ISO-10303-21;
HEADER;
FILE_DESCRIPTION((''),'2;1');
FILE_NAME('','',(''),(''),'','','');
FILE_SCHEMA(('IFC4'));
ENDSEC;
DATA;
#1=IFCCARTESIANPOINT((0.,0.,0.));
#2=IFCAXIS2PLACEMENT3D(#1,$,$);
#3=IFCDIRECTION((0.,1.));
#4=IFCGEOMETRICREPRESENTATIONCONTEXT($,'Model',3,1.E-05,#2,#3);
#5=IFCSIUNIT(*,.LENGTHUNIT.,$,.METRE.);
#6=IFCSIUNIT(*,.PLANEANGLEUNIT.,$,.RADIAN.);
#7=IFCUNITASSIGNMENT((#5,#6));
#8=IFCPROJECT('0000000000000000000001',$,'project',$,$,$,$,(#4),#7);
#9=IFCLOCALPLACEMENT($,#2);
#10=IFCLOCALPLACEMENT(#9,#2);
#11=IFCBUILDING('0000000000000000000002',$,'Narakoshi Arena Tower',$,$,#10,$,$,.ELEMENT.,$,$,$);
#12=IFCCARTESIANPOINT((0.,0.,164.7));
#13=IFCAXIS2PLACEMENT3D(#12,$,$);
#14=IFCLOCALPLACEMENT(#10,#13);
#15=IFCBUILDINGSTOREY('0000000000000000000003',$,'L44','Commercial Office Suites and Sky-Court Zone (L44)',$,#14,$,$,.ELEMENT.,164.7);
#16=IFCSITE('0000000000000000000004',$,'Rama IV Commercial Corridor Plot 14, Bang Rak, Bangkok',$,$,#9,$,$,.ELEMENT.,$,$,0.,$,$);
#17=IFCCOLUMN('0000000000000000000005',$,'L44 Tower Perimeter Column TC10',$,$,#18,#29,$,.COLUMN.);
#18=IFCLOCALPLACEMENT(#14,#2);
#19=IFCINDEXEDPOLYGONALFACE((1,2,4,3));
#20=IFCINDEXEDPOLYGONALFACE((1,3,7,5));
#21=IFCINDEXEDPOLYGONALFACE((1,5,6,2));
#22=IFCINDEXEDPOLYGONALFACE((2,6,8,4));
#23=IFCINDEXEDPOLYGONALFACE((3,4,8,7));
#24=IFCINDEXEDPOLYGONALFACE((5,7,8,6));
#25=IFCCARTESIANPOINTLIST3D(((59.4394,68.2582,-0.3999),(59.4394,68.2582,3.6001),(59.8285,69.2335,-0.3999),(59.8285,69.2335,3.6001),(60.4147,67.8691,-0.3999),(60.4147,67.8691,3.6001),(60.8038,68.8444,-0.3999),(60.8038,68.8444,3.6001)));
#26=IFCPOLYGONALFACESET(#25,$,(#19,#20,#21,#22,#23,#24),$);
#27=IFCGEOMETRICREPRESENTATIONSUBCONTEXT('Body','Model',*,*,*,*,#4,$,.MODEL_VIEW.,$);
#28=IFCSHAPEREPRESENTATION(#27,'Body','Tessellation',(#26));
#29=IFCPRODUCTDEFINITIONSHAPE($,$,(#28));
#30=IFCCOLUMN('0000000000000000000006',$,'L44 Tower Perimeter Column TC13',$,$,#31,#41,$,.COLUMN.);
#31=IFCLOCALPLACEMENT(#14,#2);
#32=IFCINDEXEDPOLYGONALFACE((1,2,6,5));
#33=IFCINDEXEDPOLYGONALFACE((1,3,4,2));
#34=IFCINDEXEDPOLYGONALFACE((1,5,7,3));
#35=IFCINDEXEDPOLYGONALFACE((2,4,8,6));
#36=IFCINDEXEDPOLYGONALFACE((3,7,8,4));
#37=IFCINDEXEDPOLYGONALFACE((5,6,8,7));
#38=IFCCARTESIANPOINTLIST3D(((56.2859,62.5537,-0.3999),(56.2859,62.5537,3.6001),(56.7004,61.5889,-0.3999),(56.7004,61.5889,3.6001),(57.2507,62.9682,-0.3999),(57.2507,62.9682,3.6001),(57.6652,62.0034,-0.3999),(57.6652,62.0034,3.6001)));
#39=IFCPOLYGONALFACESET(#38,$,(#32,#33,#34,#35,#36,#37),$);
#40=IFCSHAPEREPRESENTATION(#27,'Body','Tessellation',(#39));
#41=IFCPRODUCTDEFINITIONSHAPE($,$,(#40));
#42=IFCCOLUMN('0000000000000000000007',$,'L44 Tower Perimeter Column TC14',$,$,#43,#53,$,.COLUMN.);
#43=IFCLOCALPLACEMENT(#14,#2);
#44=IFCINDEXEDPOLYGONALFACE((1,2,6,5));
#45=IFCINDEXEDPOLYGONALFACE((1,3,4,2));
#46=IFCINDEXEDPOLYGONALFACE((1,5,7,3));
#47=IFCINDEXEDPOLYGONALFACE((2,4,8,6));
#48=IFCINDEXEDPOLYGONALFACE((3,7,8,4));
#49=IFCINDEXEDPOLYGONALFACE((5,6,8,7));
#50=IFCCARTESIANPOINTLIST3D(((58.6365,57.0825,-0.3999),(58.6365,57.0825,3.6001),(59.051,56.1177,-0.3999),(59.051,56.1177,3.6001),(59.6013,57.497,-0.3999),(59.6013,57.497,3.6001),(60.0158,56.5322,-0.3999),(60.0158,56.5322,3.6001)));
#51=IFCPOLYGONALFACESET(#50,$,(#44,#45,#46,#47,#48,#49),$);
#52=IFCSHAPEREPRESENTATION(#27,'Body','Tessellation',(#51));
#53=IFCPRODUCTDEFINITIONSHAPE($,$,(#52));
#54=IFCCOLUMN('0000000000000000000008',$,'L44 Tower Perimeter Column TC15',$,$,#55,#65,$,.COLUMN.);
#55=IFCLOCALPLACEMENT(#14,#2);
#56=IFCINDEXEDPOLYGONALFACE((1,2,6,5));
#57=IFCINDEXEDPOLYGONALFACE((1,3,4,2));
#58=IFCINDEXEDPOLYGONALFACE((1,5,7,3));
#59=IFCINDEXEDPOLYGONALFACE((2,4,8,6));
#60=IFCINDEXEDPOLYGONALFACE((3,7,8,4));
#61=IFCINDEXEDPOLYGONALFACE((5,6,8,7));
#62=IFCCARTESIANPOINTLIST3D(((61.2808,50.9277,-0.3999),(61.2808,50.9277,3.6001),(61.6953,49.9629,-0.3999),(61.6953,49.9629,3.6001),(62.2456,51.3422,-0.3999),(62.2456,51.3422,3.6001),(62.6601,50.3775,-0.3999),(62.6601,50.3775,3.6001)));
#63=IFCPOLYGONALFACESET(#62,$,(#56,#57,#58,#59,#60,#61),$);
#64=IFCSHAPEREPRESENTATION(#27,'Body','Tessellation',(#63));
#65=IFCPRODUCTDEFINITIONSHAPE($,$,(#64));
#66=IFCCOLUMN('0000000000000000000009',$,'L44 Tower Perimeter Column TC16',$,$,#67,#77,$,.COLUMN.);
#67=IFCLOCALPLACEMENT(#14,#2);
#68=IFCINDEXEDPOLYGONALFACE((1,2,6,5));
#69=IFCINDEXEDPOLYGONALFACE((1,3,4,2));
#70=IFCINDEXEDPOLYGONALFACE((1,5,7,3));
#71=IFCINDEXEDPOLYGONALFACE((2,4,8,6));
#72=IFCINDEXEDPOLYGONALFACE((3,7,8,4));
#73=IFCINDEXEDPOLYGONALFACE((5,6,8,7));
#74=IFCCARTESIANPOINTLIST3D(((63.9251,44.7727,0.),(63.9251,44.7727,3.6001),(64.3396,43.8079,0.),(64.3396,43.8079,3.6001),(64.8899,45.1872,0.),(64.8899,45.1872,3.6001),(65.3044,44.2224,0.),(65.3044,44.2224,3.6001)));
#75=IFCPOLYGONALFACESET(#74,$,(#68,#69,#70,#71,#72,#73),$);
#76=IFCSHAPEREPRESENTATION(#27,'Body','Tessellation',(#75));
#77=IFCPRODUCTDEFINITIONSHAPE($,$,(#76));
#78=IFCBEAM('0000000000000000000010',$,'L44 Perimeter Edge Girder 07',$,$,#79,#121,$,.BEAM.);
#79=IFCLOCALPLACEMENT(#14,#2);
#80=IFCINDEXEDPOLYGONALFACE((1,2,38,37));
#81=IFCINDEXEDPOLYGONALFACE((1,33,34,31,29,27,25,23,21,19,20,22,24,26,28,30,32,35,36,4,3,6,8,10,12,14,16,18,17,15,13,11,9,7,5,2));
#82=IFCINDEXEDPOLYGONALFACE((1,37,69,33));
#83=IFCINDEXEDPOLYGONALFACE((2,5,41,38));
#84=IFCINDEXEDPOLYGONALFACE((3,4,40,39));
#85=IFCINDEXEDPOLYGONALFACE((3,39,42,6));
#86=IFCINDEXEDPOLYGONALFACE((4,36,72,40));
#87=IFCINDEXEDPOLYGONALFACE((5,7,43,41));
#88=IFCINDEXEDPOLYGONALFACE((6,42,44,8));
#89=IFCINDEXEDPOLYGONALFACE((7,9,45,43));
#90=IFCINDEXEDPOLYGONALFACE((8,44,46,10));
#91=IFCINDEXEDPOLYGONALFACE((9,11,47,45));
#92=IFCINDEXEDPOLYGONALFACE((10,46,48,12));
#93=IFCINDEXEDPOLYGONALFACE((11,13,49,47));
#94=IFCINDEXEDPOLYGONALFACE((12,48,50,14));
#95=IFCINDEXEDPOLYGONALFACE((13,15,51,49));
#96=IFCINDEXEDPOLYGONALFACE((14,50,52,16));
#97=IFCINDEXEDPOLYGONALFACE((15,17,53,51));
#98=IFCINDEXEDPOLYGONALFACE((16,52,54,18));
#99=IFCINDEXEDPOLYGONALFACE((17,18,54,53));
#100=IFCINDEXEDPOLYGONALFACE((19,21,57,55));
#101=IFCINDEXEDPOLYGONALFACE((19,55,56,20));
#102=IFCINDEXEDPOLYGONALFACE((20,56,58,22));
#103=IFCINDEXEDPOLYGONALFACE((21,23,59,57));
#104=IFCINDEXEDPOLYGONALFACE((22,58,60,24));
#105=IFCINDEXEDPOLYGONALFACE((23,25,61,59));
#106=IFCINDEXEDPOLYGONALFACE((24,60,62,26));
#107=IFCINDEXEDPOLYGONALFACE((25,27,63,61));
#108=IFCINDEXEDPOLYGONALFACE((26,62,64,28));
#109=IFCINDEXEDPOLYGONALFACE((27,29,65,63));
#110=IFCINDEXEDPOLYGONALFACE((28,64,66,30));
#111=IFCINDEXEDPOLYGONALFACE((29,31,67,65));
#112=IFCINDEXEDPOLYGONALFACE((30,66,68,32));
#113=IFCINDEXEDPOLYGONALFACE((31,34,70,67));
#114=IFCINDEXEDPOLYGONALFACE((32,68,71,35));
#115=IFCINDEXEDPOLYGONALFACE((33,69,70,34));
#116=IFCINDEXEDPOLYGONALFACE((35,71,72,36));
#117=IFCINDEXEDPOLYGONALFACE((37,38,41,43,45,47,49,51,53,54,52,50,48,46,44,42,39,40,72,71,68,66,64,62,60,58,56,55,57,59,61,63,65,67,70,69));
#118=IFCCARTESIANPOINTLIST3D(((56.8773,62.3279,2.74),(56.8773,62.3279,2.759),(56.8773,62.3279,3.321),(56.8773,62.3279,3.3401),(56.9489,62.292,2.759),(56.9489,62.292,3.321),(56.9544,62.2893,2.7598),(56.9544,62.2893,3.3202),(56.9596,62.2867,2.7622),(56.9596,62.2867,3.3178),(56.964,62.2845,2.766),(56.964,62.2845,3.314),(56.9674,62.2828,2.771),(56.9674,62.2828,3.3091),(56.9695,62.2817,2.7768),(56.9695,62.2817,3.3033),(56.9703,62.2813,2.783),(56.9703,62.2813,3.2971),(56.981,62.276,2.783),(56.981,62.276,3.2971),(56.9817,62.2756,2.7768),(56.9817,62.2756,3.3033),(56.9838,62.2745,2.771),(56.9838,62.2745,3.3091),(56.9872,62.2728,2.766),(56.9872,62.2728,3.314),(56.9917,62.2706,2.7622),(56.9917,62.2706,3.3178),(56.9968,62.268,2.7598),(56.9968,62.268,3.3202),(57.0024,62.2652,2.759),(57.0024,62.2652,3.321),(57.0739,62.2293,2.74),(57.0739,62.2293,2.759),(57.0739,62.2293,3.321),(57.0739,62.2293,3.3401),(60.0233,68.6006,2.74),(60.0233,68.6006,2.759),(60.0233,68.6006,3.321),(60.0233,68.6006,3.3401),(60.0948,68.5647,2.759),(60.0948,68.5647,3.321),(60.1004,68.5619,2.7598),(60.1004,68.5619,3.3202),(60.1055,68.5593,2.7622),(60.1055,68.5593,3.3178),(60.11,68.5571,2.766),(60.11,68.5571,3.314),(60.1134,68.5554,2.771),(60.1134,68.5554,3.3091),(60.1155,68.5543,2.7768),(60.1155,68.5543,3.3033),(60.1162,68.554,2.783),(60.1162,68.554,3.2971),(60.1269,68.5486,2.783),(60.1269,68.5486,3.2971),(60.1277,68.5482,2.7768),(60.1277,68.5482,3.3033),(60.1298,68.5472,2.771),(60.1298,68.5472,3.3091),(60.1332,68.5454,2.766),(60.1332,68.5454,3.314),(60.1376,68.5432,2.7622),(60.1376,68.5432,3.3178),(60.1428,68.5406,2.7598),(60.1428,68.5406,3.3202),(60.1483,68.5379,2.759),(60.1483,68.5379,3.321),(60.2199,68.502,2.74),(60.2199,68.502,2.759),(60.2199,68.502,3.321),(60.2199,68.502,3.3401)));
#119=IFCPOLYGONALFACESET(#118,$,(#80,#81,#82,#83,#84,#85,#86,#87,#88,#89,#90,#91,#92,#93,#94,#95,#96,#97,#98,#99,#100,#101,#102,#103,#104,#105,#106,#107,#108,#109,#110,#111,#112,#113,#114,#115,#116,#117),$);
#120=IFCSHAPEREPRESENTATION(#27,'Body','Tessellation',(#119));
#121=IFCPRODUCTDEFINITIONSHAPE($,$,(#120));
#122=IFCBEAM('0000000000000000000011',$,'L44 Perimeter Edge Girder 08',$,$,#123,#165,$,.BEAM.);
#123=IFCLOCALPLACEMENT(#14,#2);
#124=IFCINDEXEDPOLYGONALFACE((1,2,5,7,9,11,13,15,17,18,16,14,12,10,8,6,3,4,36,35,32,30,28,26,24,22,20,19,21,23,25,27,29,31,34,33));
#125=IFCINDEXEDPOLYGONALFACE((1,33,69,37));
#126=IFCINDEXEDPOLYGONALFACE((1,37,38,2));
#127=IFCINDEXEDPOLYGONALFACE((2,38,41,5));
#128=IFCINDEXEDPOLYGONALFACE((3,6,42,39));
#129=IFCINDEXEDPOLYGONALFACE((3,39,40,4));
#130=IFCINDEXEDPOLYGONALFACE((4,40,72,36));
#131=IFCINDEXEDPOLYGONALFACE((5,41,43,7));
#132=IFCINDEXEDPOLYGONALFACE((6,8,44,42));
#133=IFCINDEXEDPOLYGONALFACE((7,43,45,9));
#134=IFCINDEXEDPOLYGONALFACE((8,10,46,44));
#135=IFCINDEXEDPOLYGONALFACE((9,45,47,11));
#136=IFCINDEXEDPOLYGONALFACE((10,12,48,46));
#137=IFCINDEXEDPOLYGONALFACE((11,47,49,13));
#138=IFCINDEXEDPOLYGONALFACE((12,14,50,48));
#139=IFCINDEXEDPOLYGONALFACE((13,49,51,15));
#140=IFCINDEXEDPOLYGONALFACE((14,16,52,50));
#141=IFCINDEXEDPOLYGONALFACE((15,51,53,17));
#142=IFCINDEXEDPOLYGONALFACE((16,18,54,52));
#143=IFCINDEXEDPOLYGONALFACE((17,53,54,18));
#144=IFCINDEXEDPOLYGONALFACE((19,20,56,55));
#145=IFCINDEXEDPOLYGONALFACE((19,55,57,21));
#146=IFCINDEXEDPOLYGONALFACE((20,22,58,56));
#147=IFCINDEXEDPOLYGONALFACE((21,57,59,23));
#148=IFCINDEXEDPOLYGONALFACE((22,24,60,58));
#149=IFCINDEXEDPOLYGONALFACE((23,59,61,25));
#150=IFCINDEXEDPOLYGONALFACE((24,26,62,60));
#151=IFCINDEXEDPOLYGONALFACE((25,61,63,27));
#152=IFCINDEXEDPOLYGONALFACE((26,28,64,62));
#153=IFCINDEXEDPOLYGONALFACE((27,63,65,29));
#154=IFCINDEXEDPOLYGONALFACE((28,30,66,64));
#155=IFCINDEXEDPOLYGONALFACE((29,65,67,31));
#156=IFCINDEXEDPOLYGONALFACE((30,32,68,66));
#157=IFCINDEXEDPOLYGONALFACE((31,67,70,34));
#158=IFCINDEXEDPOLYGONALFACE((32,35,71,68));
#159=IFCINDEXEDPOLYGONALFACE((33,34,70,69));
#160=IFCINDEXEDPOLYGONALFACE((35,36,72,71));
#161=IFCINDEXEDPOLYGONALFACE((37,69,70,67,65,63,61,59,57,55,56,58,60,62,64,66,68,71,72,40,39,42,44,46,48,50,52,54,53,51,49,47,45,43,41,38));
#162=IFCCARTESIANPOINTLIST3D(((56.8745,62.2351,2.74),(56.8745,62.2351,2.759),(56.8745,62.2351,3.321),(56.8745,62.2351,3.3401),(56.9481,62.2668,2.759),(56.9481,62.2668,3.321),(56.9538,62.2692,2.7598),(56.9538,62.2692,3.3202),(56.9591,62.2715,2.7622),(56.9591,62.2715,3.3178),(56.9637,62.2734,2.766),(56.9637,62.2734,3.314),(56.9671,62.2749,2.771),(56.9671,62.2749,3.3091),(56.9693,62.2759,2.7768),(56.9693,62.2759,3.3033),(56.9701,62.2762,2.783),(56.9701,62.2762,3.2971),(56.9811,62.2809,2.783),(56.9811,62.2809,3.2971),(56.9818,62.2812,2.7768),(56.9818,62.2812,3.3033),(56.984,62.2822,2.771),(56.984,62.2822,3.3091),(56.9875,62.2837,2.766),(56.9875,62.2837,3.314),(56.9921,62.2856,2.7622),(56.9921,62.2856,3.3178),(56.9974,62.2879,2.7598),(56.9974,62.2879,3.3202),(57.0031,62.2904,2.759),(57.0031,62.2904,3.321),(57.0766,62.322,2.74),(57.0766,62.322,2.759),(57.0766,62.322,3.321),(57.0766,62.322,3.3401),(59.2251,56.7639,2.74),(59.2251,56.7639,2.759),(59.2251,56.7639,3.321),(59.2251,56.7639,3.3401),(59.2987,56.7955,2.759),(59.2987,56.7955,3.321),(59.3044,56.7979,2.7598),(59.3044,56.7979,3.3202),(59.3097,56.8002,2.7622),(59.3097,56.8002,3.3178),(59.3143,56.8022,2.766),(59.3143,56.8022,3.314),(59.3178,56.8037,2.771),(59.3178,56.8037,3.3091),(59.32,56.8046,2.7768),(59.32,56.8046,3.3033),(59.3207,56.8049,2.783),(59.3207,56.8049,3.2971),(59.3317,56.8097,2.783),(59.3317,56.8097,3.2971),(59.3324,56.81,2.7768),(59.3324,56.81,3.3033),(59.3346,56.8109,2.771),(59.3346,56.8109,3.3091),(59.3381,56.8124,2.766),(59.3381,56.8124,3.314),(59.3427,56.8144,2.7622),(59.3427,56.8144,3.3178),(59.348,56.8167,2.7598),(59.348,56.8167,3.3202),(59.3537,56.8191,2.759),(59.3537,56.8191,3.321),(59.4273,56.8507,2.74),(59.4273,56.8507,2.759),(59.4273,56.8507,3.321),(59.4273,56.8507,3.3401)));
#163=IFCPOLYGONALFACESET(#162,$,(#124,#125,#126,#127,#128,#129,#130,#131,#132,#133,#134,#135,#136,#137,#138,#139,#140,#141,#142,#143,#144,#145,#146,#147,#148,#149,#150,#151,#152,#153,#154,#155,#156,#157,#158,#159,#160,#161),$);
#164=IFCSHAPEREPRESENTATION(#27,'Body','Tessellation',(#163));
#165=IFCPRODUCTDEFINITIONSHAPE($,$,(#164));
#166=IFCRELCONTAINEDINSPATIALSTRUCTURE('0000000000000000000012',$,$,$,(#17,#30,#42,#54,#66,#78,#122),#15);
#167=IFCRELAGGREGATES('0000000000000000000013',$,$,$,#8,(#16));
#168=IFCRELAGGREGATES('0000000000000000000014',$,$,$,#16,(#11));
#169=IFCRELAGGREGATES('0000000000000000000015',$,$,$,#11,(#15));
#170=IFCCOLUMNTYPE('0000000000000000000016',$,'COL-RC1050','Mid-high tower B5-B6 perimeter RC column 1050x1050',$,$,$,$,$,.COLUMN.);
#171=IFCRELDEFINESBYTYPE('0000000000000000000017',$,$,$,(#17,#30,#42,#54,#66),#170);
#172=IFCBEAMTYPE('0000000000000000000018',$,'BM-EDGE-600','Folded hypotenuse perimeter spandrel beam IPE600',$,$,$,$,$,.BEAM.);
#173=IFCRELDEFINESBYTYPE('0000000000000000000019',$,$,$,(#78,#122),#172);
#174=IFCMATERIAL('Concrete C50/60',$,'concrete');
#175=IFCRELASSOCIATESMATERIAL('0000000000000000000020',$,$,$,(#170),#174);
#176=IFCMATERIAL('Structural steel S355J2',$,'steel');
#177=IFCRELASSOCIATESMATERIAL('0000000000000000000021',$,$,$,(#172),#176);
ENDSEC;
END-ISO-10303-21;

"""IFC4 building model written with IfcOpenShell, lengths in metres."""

from ifc_helpers import new_model, si_unit, direction, frame, origin, origin_2d, place, context, subcontext, project, spatial, rectangle, i_section, extrude, material, material_profile, profile_set, type_object, element, save


model = new_model("IFC4")

# Units and contexts
model_context = context("Model", 3, precision=1e-05, world=origin(), true_north=direction((0.0, 1.0)))
body_context = subcontext(model_context, "Body", "Model", "MODEL_VIEW")
ifc_project = project(units=[si_unit("LENGTHUNIT", "METRE"), si_unit("PLANEANGLEUNIT", "RADIAN")], contexts=[model_context])

# Site, building, storey
site_placement = place(None, origin())
site = spatial("IfcSite", under=ifc_project, at=site_placement, Name="Rama IV Commercial Corridor Plot 14, Bang Rak, Bangkok", CompositionType="ELEMENT", RefElevation=0.0)
building_placement = place(site_placement, origin())
building = spatial("IfcBuilding", under=site, at=building_placement, Name="Narakoshi Arena Tower", CompositionType="ELEMENT")
storey_placement = place(building_placement, frame((0.0, 0.0, 164.7)))
storey = spatial("IfcBuildingStorey", under=building, at=storey_placement, Name="L44", Description="Commercial Office Suites and Sky-Court Zone (L44)", CompositionType="ELEMENT", Elevation=164.7)

# Columns
ifc_material_1 = material(Name="Concrete C50/60", Category="concrete")
ifc_material_profile_1 = material_profile(ifc_material_1, rectangle(XDim=1.05, YDim=1.05, at=origin_2d()), Name="RC1050x1050")
ifc_profile_set_1 = profile_set([ifc_material_profile_1], Name="Concrete C50/60")
column_type = type_object("IfcColumnType", Name="COL-RC1050", Description="Mid-high tower B5-B6 perimeter RC column 1050x1050", PredefinedType="COLUMN", material=ifc_profile_set_1)
for number, where, z_axis, x_axis, name in (
    (1, (60.1216, 68.5513, -0.3999), (0.0, 0.0, 1.0), (0.370557, 0.92881, 0.0), "L44 Tower Perimeter Column TC10"),
    (2, (56.9756, 62.2786, -0.3999), (0.0, 0.0, 1.0), (-0.394744, 0.918791, 0.0), "L44 Tower Perimeter Column TC13"),
    (3, (59.3262, 56.8074, -0.3999), (0.0, 0.0, 1.0), (-0.394744, 0.918791, 0.0), "L44 Tower Perimeter Column TC14"),
    (4, (61.9705, 50.6526, -0.3999), (0.0, 0.0, 1.0), (-0.394744, 0.918791, 0.0), "L44 Tower Perimeter Column TC15"),
):
    element("IfcColumn", number, at=place(storey_placement, frame(where, z_axis=z_axis, x_axis=x_axis)), inside=storey, type_object=column_type, Name=name, PredefinedType="COLUMN", context=body_context, shape_type="SweptSolid", body=[
        extrude(rectangle(XDim=1.05, YDim=1.05, at=origin_2d()), origin(), (0.0, 0.0, 1.0), 4.0),
    ])
column_placement = place(storey_placement, frame((64.6147, 44.4976, 0.0), z_axis=(0.0, 0.0, 1.0), x_axis=(-0.394744, 0.918791, 0.0)))
element("IfcColumn", 5, at=column_placement, inside=storey, type_object=column_type, Name="L44 Tower Perimeter Column TC16", PredefinedType="COLUMN", context=body_context, shape_type="SweptSolid", body=[
    extrude(rectangle(XDim=1.05, YDim=1.05, at=origin_2d()), origin(), (0.0, 0.0, 1.0), 3.6001),
])

# Beams
ifc_material_2 = material(Name="Structural steel S355J2", Category="steel")
ifc_material_profile_2 = material_profile(ifc_material_2, i_section(OverallWidth=0.22, OverallDepth=0.6001, WebThickness=0.012, FlangeThickness=0.019, FilletRadius=0.0239, at=origin_2d()), Name="IPE600")
ifc_profile_set_2 = profile_set([ifc_material_profile_2], Name="Structural steel S355J2")
beam_type_1 = type_object("IfcBeamType", Name="BM-EDGE-600", Description="Folded hypotenuse perimeter spandrel beam IPE600", PredefinedType="BEAM", material=ifc_profile_set_2)
beam_1_placement = place(storey_placement, frame((60.1216, 68.5513, 3.04), z_axis=(-0.448313, -0.893877, 0.0), x_axis=(0.893877, -0.448313, 0.0)))
element("IfcBeam", 6, at=beam_1_placement, inside=storey, type_object=beam_type_1, Name="L44 Perimeter Edge Girder 07", PredefinedType="BEAM", context=body_context, shape_type="SweptSolid", body=[
    extrude(i_section(OverallWidth=0.22, OverallDepth=0.6001, WebThickness=0.012, FlangeThickness=0.019, FilletRadius=0.0239, at=origin_2d()), origin(), (0.0, 0.0, 1.0), 7.0173),
])
beam_2_placement = place(storey_placement, frame((56.9756, 62.2786, 3.04), z_axis=(0.394741, -0.918793, 0.0), x_axis=(0.918793, 0.394741, 0.0)))
element("IfcBeam", 7, at=beam_2_placement, inside=storey, type_object=beam_type_1, Name="L44 Perimeter Edge Girder 08", PredefinedType="BEAM", context=body_context, shape_type="SweptSolid", body=[
    extrude(i_section(OverallWidth=0.22, OverallDepth=0.6001, WebThickness=0.012, FlangeThickness=0.019, FilletRadius=0.0239, at=origin_2d()), origin(), (0.0, 0.0, 1.0), 5.9548),
])

save(model, "model.ifc")
